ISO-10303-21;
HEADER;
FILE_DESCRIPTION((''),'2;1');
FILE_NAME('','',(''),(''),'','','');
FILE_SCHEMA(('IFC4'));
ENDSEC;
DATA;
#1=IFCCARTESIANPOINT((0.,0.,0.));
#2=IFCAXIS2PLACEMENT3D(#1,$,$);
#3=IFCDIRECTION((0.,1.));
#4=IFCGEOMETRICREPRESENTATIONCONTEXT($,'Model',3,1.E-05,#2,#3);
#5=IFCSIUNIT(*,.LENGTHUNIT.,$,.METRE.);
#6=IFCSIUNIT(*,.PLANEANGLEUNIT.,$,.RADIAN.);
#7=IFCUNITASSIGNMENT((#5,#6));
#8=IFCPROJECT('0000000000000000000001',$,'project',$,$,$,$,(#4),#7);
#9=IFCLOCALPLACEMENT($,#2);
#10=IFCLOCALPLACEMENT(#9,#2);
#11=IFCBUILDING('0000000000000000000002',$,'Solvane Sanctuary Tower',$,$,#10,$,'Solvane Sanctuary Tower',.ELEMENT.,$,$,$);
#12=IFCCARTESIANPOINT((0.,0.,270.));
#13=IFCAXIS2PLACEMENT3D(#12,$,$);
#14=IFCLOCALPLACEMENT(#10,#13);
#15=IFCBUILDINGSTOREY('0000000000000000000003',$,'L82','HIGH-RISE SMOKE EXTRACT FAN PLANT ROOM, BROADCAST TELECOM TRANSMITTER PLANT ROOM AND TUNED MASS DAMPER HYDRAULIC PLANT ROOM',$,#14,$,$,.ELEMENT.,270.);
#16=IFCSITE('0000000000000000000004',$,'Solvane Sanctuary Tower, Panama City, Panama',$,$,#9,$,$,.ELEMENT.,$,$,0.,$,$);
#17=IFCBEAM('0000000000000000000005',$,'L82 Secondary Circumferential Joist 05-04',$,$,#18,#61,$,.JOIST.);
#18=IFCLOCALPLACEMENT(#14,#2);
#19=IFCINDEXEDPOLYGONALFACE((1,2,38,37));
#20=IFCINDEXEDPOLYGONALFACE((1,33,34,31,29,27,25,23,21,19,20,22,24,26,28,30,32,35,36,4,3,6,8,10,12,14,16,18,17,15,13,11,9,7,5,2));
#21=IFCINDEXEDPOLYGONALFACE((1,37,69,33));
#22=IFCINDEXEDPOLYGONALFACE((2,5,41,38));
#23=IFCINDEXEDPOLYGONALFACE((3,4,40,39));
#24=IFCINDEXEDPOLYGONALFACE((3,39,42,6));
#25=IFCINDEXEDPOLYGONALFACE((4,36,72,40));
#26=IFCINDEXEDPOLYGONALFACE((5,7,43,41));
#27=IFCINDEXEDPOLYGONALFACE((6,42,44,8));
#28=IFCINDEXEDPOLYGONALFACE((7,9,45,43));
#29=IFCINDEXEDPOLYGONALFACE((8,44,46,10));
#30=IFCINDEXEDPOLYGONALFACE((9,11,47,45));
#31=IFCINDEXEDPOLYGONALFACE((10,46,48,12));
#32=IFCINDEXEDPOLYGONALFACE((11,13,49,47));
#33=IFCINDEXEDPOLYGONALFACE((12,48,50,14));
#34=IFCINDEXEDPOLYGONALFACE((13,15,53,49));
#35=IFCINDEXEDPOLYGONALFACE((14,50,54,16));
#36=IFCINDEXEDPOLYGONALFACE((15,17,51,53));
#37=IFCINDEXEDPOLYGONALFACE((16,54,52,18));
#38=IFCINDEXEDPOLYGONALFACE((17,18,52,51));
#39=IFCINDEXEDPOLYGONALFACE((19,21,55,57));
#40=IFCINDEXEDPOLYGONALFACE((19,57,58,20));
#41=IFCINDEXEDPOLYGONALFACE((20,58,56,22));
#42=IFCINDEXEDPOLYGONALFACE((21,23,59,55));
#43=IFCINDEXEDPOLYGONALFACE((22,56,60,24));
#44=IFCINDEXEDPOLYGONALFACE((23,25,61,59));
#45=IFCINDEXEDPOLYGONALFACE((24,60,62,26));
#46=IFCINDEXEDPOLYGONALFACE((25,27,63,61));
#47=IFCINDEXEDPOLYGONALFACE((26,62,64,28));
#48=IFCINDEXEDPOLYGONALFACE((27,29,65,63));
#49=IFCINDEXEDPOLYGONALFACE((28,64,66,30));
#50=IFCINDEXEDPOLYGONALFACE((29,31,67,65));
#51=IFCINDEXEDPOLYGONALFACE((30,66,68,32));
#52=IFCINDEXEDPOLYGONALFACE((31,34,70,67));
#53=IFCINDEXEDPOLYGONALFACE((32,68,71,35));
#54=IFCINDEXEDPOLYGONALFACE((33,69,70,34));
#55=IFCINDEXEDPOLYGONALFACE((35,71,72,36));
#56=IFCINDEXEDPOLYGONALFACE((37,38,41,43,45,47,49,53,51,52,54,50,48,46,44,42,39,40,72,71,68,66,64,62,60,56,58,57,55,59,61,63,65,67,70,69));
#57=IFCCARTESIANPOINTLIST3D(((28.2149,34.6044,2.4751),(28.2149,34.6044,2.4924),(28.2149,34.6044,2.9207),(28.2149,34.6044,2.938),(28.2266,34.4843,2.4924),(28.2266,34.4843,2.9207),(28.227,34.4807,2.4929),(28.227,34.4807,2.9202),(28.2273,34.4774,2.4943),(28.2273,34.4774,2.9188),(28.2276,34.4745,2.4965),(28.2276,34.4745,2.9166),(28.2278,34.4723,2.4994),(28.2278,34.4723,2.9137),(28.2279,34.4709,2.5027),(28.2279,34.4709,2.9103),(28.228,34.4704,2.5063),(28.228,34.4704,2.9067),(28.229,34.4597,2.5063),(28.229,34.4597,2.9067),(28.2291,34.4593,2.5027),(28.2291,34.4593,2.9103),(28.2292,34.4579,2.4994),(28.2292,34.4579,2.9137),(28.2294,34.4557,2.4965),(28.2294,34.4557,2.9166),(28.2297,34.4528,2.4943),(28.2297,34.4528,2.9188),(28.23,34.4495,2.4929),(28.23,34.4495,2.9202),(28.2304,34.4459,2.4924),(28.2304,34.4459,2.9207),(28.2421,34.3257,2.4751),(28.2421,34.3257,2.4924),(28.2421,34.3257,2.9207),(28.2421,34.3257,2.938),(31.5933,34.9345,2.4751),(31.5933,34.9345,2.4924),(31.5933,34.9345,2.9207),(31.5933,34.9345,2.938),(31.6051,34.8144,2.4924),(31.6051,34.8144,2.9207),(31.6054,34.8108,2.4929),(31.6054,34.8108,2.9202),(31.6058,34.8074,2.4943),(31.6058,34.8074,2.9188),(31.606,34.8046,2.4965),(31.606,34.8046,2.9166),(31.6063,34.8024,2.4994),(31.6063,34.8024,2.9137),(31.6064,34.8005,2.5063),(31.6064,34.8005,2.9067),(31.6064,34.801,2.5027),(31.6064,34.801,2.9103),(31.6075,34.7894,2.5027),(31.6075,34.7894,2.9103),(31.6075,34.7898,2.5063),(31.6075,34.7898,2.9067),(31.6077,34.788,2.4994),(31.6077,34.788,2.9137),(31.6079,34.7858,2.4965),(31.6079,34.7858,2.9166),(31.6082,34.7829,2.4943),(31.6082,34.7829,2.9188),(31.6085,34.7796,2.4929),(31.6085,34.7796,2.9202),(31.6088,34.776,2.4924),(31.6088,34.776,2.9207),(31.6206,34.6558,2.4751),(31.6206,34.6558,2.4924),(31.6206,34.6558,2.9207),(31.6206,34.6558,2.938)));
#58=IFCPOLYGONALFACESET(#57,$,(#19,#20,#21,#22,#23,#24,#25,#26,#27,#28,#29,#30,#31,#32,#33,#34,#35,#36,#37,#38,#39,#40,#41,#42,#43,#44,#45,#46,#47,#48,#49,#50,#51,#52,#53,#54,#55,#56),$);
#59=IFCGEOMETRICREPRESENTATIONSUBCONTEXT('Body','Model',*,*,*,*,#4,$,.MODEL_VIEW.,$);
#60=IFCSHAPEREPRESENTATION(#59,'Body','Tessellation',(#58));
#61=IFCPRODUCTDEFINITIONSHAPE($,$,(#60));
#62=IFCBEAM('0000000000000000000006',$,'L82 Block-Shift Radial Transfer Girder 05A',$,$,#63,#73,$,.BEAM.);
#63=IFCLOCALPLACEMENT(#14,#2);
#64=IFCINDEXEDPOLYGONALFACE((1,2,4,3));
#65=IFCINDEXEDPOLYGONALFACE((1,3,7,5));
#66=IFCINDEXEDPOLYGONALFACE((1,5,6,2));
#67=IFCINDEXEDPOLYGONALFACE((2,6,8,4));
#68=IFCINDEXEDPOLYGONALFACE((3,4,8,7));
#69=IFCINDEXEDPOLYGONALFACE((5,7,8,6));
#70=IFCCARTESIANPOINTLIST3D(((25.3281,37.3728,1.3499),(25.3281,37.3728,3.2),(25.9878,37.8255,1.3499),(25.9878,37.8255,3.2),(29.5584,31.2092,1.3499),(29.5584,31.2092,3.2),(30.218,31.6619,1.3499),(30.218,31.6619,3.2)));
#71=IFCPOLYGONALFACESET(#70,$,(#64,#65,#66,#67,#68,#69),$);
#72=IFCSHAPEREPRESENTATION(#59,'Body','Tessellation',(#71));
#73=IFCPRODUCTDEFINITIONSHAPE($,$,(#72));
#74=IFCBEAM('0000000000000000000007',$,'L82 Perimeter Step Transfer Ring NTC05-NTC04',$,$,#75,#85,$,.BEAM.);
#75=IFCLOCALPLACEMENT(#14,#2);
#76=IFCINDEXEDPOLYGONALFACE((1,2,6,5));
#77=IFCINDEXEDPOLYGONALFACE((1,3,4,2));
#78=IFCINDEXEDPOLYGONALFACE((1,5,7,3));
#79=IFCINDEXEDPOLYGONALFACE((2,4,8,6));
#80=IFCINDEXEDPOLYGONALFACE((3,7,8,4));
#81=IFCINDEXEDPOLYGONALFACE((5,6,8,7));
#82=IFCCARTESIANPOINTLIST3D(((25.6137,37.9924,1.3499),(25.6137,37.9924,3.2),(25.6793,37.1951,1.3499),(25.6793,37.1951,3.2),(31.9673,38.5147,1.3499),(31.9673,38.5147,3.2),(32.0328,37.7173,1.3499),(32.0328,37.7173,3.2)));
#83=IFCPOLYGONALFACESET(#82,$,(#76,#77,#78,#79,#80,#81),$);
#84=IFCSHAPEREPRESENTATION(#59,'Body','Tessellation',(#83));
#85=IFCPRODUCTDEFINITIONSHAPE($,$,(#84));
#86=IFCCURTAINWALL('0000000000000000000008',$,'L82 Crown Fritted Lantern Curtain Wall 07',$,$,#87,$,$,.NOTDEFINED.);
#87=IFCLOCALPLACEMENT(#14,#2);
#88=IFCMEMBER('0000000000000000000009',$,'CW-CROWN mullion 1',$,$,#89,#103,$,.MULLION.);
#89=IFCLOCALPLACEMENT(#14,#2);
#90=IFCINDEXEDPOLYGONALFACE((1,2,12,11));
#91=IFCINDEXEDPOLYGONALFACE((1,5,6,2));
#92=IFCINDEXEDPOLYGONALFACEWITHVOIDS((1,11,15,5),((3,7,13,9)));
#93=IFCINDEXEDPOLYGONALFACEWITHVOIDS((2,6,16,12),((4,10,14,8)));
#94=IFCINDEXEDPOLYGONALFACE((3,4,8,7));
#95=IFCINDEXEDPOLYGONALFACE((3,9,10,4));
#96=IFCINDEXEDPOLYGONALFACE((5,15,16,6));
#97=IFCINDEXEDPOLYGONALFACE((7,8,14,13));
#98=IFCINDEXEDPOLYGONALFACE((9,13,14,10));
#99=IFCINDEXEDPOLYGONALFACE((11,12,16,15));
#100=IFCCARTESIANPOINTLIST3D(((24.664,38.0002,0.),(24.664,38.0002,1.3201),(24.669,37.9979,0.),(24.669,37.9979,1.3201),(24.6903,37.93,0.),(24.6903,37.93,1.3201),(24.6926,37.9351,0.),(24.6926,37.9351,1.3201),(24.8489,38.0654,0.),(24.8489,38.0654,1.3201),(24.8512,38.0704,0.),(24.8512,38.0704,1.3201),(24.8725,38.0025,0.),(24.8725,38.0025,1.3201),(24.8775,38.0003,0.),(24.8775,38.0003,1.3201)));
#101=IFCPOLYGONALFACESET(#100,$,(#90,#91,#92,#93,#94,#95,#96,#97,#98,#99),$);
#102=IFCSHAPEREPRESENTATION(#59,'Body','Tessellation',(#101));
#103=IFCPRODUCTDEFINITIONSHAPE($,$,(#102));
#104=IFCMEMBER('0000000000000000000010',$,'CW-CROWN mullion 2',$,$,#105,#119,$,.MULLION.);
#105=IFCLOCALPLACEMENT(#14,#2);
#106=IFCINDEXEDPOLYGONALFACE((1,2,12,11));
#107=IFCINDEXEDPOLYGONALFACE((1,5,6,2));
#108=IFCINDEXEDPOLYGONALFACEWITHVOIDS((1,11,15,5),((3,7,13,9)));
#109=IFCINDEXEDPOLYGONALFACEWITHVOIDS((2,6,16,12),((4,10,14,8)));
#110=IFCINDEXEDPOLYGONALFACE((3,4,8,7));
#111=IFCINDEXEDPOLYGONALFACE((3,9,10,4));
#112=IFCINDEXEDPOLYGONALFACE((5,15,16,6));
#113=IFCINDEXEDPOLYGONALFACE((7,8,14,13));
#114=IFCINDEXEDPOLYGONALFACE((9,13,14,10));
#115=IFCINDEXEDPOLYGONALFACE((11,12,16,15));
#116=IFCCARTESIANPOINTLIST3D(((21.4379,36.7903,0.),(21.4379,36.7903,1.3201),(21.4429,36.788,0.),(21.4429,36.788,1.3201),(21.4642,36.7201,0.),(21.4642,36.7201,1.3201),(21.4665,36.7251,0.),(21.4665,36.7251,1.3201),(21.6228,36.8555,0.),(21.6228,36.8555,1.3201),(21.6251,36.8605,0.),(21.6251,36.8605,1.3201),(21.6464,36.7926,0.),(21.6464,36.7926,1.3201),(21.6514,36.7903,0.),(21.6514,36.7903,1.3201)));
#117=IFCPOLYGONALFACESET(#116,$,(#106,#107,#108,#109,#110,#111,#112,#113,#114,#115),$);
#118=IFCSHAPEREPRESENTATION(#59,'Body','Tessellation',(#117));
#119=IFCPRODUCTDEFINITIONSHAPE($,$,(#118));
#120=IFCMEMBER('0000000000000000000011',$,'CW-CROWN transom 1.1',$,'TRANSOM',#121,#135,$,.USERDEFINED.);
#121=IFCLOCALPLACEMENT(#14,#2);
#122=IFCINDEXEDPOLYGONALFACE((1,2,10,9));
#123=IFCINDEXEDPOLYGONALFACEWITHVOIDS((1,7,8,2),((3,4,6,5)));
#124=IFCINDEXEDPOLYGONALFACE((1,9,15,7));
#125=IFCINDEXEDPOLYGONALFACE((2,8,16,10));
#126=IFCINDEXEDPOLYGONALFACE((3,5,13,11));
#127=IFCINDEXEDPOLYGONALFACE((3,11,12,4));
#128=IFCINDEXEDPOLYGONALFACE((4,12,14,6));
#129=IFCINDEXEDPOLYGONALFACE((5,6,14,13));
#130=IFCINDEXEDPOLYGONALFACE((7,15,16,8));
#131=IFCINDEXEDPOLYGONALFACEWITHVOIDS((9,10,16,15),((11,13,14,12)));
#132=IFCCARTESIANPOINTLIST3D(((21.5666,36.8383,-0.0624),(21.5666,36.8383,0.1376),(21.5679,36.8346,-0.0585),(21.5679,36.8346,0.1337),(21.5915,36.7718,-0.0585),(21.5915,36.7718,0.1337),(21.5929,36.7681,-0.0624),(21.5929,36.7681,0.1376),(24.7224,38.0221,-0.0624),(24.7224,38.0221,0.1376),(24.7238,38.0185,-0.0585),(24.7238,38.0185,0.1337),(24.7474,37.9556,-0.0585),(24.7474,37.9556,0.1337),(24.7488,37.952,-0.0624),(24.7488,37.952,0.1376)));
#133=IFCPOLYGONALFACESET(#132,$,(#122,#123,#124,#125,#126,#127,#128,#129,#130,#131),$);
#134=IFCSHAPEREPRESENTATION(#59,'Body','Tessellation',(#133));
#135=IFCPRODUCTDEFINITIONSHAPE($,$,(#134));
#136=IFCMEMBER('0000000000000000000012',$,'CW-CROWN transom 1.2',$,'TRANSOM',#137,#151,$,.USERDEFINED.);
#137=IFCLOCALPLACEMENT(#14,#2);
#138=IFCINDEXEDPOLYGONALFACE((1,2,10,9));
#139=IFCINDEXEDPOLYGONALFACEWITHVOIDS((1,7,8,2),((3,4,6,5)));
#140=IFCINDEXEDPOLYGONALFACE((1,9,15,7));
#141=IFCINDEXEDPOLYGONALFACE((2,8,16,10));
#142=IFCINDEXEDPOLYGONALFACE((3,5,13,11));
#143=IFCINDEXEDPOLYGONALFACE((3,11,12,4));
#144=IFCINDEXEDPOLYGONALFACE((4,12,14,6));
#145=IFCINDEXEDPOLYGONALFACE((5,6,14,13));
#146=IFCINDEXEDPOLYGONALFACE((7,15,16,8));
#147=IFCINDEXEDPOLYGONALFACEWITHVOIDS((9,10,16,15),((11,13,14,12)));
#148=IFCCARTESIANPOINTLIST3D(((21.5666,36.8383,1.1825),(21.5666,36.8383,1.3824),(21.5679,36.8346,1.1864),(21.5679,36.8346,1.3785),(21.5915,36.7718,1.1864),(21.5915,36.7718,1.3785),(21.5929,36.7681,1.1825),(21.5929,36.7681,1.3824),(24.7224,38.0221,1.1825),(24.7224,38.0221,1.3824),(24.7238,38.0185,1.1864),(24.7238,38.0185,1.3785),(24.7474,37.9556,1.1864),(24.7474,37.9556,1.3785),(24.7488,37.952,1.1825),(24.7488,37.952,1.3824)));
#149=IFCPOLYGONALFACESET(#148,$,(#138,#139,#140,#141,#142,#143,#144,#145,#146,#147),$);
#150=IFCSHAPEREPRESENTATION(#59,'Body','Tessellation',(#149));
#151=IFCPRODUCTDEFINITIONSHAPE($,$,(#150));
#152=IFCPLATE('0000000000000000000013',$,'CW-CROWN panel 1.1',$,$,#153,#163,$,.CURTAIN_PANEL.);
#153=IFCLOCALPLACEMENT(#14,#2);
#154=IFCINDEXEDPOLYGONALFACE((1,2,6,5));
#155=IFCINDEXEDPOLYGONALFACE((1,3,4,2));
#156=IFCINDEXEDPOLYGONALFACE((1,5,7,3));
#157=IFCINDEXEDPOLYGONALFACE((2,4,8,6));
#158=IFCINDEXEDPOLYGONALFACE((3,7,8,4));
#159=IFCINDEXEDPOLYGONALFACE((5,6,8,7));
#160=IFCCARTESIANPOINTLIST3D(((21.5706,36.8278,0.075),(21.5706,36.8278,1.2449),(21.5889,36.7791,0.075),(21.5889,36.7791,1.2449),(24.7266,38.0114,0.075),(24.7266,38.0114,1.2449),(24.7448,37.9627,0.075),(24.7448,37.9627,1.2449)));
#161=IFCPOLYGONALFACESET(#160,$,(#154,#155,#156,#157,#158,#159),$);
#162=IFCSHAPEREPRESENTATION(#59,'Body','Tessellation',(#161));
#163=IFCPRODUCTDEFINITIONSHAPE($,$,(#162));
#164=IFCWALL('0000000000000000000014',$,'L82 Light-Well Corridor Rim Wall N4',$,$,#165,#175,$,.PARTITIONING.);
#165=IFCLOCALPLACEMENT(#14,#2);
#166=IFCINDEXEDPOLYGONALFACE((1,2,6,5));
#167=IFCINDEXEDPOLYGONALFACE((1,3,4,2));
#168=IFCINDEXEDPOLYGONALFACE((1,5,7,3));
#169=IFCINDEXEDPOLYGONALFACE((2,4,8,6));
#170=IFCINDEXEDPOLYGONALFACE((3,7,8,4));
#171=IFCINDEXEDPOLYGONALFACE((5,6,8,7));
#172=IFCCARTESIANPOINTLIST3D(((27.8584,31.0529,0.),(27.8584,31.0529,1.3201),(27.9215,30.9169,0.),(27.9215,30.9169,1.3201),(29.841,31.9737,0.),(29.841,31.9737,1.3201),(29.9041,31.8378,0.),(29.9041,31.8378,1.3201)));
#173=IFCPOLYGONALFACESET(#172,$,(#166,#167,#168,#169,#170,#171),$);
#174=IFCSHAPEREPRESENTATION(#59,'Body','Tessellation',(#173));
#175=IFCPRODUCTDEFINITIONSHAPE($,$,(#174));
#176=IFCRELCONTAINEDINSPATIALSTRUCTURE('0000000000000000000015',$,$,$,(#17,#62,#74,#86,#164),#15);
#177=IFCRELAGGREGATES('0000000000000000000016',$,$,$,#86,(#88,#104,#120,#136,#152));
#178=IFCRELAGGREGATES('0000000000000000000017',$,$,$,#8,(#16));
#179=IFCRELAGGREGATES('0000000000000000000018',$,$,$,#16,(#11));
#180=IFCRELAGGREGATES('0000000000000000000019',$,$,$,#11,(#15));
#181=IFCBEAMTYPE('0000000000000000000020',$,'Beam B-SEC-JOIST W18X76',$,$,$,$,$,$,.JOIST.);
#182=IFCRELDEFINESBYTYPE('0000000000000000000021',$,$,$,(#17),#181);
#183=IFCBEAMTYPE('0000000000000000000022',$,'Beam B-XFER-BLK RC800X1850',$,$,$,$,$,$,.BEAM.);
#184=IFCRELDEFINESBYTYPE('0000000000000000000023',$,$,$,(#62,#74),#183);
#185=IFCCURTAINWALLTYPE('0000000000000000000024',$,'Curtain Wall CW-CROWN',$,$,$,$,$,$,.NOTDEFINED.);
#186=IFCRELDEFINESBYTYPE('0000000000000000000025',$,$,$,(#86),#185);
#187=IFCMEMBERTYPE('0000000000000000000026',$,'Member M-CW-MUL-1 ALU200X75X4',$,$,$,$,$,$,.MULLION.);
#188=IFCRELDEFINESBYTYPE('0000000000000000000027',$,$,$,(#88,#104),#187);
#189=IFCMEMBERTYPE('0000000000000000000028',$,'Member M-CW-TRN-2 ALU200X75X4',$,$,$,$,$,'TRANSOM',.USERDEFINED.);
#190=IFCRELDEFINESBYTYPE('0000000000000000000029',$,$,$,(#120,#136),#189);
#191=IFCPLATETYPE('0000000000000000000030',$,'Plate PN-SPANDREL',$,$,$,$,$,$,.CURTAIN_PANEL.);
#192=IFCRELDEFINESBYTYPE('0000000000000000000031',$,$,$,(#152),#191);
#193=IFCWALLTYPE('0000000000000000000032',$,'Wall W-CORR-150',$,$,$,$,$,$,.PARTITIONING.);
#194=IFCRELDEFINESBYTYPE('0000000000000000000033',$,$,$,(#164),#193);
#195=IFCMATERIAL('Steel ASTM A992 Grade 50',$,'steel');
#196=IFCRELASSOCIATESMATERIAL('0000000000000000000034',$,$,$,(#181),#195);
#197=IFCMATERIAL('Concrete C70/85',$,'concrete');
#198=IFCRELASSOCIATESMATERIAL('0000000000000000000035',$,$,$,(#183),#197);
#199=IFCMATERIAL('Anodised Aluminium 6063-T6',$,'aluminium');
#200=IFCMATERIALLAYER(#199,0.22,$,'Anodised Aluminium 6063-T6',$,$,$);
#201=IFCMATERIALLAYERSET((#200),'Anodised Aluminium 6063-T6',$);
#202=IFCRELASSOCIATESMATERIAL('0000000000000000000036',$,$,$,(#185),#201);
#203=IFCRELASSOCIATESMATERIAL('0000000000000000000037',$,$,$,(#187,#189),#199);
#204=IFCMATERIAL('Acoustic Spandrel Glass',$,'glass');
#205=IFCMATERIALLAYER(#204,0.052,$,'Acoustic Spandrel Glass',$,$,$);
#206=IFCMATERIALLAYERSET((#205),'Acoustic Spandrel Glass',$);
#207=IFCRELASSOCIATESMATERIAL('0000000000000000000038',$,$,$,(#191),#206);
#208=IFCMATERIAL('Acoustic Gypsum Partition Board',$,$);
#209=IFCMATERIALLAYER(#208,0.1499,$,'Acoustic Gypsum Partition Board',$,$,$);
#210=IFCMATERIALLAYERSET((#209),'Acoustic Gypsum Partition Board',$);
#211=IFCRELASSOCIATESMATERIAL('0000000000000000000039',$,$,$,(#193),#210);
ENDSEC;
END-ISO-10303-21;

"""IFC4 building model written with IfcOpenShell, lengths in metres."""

from ifc_helpers import new_model, si_unit, direction, frame, frame_2d, origin, origin_2d, place, context, subcontext, project, spatial, rectangle, hollow_rectangle, i_section, extrude, material, layer, layer_set, material_profile, profile_set, type_object, element, aggregate, save


model = new_model("IFC4")

# Units and contexts
model_context = context("Model", 3, precision=1e-05, world=origin(), true_north=direction((0.0, 1.0)))
body_context = subcontext(model_context, "Body", "Model", "MODEL_VIEW")
ifc_project = project(units=[si_unit("LENGTHUNIT", "METRE"), si_unit("PLANEANGLEUNIT", "RADIAN")], contexts=[model_context])

# Site, building, storey
site_placement = place(None, origin())
site = spatial("IfcSite", under=ifc_project, at=site_placement, Name="Solvane Sanctuary Tower, Panama City, Panama", CompositionType="ELEMENT", RefElevation=0.0)
building_placement = place(site_placement, origin())
building = spatial("IfcBuilding", under=site, at=building_placement, Name="Solvane Sanctuary Tower", LongName="Solvane Sanctuary Tower", CompositionType="ELEMENT")
storey_placement = place(building_placement, frame((0.0, 0.0, 270.0)))
storey = spatial("IfcBuildingStorey", under=building, at=storey_placement, Name="L82", Description="HIGH-RISE SMOKE EXTRACT FAN PLANT ROOM, BROADCAST TELECOM TRANSMITTER PLANT ROOM AND TUNED MASS DAMPER HYDRAULIC PLANT ROOM", CompositionType="ELEMENT", Elevation=270.0)

# Beams
ifc_material_1 = material(Name="Steel ASTM A992 Grade 50", Category="steel")
ifc_material_profile_1 = material_profile(ifc_material_1, i_section(OverallWidth=0.28, OverallDepth=0.4629, WebThickness=0.0107, FlangeThickness=0.0173, FilletRadius=0.0139, at=origin_2d()), Name="W18X76")
ifc_profile_set_1 = profile_set([ifc_material_profile_1], Name="Steel ASTM A992 Grade 50")
beam_type_1 = type_object("IfcBeamType", Name="Beam B-SEC-JOIST W18X76", PredefinedType="JOIST", material=ifc_profile_set_1)
beam_1_placement = place(storey_placement, frame((28.2285, 34.4651, 2.7065), z_axis=(0.995261, 0.097239, 0.0), x_axis=(-0.097239, 0.995261, 0.0)))
element("IfcBeam", 1, at=beam_1_placement, inside=storey, type_object=beam_type_1, Name="L82 Secondary Circumferential Joist 05-04", PredefinedType="JOIST", context=body_context, shape_type="SweptSolid", body=[
    extrude(i_section(OverallWidth=0.28, OverallDepth=0.4629, WebThickness=0.0107, FlangeThickness=0.0173, FilletRadius=0.0139, at=origin_2d()), origin(), (0.0, 0.0, 1.0), 3.3945),
])
ifc_material_2 = material(Name="Concrete C70/85", Category="concrete")
ifc_material_profile_2 = material_profile(ifc_material_2, rectangle(XDim=0.8, YDim=1.8501, at=origin_2d()), Name="RC800X1850")
ifc_profile_set_2 = profile_set([ifc_material_profile_2], Name="Concrete C70/85")
beam_type_2 = type_object("IfcBeamType", Name="Beam B-XFER-BLK RC800X1850", PredefinedType="BEAM", material=ifc_profile_set_2)
beam_2_placement = place(storey_placement, frame((29.8882, 31.4355, 2.2749), z_axis=(-0.565872, 0.824493, 0.0), x_axis=(-0.824493, -0.565872, 0.0)))
element("IfcBeam", 2, at=beam_2_placement, inside=storey, type_object=beam_type_2, Name="L82 Block-Shift Radial Transfer Girder 05A", PredefinedType="BEAM", context=body_context, shape_type="SweptSolid", body=[
    extrude(rectangle(XDim=0.8, YDim=1.8501, at=origin_2d()), origin(), (0.0, 0.0, 1.0), 7.4756),
])
beam_3_placement = place(storey_placement, frame((25.6465, 37.5938, 2.2749), z_axis=(0.996639, 0.081917, 0.0), x_axis=(-0.081917, 0.996639, 0.0)))
element("IfcBeam", 3, at=beam_3_placement, inside=storey, type_object=beam_type_2, Name="L82 Perimeter Step Transfer Ring NTC05-NTC04", PredefinedType="BEAM", context=body_context, shape_type="SweptSolid", body=[
    extrude(rectangle(XDim=0.8, YDim=1.8501, at=origin_2d()), origin(), (0.0, 0.0, 1.0), 6.375),
])

# Curtain wall, members, plate
ifc_material_3 = material(Name="Anodised Aluminium 6063-T6", Category="aluminium")
ifc_layer_1 = layer(ifc_material_3, 0.22, Name="Anodised Aluminium 6063-T6")
ifc_layer_set_1 = layer_set([ifc_layer_1], Name="Anodised Aluminium 6063-T6")
curtain_wall_type = type_object("IfcCurtainWallType", Name="Curtain Wall CW-CROWN", PredefinedType="NOTDEFINED", material=ifc_layer_set_1)
curtain_wall_placement = place(storey_placement, origin())
curtain_wall = element("IfcCurtainWall", 4, at=curtain_wall_placement, inside=storey, type_object=curtain_wall_type, Name="L82 Crown Fritted Lantern Curtain Wall 07", PredefinedType="NOTDEFINED")
ifc_material_profile_3 = material_profile(ifc_material_3, hollow_rectangle(XDim=0.075, YDim=0.2, WallThickness=0.0039, at=origin_2d()), Name="ALU200X75X4")
ifc_profile_set_3 = profile_set([ifc_material_profile_3], Name="Anodised Aluminium 6063-T6")
member_type_1 = type_object("IfcMemberType", Name="Member M-CW-MUL-1 ALU200X75X4", PredefinedType="MULLION", material=ifc_profile_set_3)
member_1_placement = place(storey_placement, frame((24.7708, 38.0002, 0.0), z_axis=(0.0, 0.0, 1.0), x_axis=(0.35117, -0.936312, 0.0)))
member_1 = element("IfcMember", 5, at=member_1_placement, type_object=member_type_1, Name="CW-CROWN mullion 1", PredefinedType="MULLION", context=body_context, shape_type="SweptSolid", body=[
    extrude(hollow_rectangle(XDim=0.075, YDim=0.2, WallThickness=0.0039, at=origin_2d()), origin(), (0.0, 0.0, 1.0), 1.3201),
])
member_2_placement = place(storey_placement, frame((21.5447, 36.7903, 0.0), z_axis=(0.0, 0.0, 1.0), x_axis=(0.35117, -0.936312, 0.0)))
member_2 = element("IfcMember", 6, at=member_2_placement, type_object=member_type_1, Name="CW-CROWN mullion 2", PredefinedType="MULLION", context=body_context, shape_type="SweptSolid", body=[
    extrude(hollow_rectangle(XDim=0.075, YDim=0.2, WallThickness=0.0039, at=origin_2d()), origin(), (0.0, 0.0, 1.0), 1.3201),
])
ifc_material_profile_4 = material_profile(ifc_material_3, hollow_rectangle(XDim=0.075, YDim=0.2, WallThickness=0.0039, at=origin_2d()), Name="ALU200X75X4")
ifc_profile_set_4 = profile_set([ifc_material_profile_4], Name="Anodised Aluminium 6063-T6")
member_type_2 = type_object("IfcMemberType", Name="Member M-CW-TRN-2 ALU200X75X4", ElementType="TRANSOM", PredefinedType="USERDEFINED", material=ifc_profile_set_4)
member_3_placement = place(storey_placement, frame((24.7356, 37.9871, 0.0376), z_axis=(-0.936287, -0.351235, 0.0), x_axis=(0.351235, -0.936287, 0.0)))
member_3 = element("IfcMember", 7, at=member_3_placement, type_object=member_type_2, Name="CW-CROWN transom 1.1", ObjectType="TRANSOM", PredefinedType="USERDEFINED", context=body_context, shape_type="SweptSolid", body=[
    extrude(hollow_rectangle(XDim=0.075, YDim=0.2, WallThickness=0.0039, at=origin_2d()), origin(), (0.0, 0.0, 1.0), 3.3706),
])
member_4_placement = place(storey_placement, frame((24.7356, 37.9871, 1.2825), z_axis=(-0.936287, -0.351235, 0.0), x_axis=(0.351235, -0.936287, 0.0)))
member_4 = element("IfcMember", 8, at=member_4_placement, type_object=member_type_2, Name="CW-CROWN transom 1.2", ObjectType="TRANSOM", PredefinedType="USERDEFINED", context=body_context, shape_type="SweptSolid", body=[
    extrude(hollow_rectangle(XDim=0.075, YDim=0.2, WallThickness=0.0039, at=origin_2d()), origin(), (0.0, 0.0, 1.0), 3.3706),
])
ifc_material_4 = material(Name="Acoustic Spandrel Glass", Category="glass")
ifc_layer_2 = layer(ifc_material_4, 0.052, Name="Acoustic Spandrel Glass")
ifc_layer_set_2 = layer_set([ifc_layer_2], Name="Acoustic Spandrel Glass")
plate_type = type_object("IfcPlateType", Name="Plate PN-SPANDREL", PredefinedType="CURTAIN_PANEL", material=ifc_layer_set_2)
plate_placement = place(storey_placement, frame((23.1577, 37.3953, 0.075), z_axis=(0.0, 0.0, 1.0), x_axis=(-0.936312, -0.35117, 0.0)))
plate = element("IfcPlate", 9, at=plate_placement, type_object=plate_type, Name="CW-CROWN panel 1.1", PredefinedType="CURTAIN_PANEL", context=body_context, shape_type="SweptSolid", body=[
    extrude(rectangle(XDim=3.3706, YDim=0.052, at=origin_2d()), origin(), (0.0, 0.0, 1.0), 1.1699),
])
aggregate(curtain_wall, [member_1, member_2, member_3, member_4, plate])

# Wall
ifc_material_5 = material(Name="Acoustic Gypsum Partition Board")
ifc_layer_3 = layer(ifc_material_5, 0.1499, Name="Acoustic Gypsum Partition Board")
ifc_layer_set_3 = layer_set([ifc_layer_3], Name="Acoustic Gypsum Partition Board")
wall_type = type_object("IfcWallType", Name="Wall W-CORR-150", PredefinedType="PARTITIONING", material=ifc_layer_set_3)
wall_1_placement = place(storey_placement, frame((29.8726, 31.9058, 0.0), z_axis=(0.0, 0.0, 1.0), x_axis=(-0.906943, -0.421252, 0.0)))
element("IfcWall", 10, at=wall_1_placement, inside=storey, type_object=wall_type, Name="L82 Light-Well Corridor Rim Wall N4", PredefinedType="PARTITIONING", context=body_context, shape_type="SweptSolid", body=[
    extrude(rectangle(XDim=2.186, YDim=0.1499, at=frame_2d((1.093, 0.0))), origin(), (0.0, 0.0, 1.0), 1.3201),
])

save(model, "model.ifc")
